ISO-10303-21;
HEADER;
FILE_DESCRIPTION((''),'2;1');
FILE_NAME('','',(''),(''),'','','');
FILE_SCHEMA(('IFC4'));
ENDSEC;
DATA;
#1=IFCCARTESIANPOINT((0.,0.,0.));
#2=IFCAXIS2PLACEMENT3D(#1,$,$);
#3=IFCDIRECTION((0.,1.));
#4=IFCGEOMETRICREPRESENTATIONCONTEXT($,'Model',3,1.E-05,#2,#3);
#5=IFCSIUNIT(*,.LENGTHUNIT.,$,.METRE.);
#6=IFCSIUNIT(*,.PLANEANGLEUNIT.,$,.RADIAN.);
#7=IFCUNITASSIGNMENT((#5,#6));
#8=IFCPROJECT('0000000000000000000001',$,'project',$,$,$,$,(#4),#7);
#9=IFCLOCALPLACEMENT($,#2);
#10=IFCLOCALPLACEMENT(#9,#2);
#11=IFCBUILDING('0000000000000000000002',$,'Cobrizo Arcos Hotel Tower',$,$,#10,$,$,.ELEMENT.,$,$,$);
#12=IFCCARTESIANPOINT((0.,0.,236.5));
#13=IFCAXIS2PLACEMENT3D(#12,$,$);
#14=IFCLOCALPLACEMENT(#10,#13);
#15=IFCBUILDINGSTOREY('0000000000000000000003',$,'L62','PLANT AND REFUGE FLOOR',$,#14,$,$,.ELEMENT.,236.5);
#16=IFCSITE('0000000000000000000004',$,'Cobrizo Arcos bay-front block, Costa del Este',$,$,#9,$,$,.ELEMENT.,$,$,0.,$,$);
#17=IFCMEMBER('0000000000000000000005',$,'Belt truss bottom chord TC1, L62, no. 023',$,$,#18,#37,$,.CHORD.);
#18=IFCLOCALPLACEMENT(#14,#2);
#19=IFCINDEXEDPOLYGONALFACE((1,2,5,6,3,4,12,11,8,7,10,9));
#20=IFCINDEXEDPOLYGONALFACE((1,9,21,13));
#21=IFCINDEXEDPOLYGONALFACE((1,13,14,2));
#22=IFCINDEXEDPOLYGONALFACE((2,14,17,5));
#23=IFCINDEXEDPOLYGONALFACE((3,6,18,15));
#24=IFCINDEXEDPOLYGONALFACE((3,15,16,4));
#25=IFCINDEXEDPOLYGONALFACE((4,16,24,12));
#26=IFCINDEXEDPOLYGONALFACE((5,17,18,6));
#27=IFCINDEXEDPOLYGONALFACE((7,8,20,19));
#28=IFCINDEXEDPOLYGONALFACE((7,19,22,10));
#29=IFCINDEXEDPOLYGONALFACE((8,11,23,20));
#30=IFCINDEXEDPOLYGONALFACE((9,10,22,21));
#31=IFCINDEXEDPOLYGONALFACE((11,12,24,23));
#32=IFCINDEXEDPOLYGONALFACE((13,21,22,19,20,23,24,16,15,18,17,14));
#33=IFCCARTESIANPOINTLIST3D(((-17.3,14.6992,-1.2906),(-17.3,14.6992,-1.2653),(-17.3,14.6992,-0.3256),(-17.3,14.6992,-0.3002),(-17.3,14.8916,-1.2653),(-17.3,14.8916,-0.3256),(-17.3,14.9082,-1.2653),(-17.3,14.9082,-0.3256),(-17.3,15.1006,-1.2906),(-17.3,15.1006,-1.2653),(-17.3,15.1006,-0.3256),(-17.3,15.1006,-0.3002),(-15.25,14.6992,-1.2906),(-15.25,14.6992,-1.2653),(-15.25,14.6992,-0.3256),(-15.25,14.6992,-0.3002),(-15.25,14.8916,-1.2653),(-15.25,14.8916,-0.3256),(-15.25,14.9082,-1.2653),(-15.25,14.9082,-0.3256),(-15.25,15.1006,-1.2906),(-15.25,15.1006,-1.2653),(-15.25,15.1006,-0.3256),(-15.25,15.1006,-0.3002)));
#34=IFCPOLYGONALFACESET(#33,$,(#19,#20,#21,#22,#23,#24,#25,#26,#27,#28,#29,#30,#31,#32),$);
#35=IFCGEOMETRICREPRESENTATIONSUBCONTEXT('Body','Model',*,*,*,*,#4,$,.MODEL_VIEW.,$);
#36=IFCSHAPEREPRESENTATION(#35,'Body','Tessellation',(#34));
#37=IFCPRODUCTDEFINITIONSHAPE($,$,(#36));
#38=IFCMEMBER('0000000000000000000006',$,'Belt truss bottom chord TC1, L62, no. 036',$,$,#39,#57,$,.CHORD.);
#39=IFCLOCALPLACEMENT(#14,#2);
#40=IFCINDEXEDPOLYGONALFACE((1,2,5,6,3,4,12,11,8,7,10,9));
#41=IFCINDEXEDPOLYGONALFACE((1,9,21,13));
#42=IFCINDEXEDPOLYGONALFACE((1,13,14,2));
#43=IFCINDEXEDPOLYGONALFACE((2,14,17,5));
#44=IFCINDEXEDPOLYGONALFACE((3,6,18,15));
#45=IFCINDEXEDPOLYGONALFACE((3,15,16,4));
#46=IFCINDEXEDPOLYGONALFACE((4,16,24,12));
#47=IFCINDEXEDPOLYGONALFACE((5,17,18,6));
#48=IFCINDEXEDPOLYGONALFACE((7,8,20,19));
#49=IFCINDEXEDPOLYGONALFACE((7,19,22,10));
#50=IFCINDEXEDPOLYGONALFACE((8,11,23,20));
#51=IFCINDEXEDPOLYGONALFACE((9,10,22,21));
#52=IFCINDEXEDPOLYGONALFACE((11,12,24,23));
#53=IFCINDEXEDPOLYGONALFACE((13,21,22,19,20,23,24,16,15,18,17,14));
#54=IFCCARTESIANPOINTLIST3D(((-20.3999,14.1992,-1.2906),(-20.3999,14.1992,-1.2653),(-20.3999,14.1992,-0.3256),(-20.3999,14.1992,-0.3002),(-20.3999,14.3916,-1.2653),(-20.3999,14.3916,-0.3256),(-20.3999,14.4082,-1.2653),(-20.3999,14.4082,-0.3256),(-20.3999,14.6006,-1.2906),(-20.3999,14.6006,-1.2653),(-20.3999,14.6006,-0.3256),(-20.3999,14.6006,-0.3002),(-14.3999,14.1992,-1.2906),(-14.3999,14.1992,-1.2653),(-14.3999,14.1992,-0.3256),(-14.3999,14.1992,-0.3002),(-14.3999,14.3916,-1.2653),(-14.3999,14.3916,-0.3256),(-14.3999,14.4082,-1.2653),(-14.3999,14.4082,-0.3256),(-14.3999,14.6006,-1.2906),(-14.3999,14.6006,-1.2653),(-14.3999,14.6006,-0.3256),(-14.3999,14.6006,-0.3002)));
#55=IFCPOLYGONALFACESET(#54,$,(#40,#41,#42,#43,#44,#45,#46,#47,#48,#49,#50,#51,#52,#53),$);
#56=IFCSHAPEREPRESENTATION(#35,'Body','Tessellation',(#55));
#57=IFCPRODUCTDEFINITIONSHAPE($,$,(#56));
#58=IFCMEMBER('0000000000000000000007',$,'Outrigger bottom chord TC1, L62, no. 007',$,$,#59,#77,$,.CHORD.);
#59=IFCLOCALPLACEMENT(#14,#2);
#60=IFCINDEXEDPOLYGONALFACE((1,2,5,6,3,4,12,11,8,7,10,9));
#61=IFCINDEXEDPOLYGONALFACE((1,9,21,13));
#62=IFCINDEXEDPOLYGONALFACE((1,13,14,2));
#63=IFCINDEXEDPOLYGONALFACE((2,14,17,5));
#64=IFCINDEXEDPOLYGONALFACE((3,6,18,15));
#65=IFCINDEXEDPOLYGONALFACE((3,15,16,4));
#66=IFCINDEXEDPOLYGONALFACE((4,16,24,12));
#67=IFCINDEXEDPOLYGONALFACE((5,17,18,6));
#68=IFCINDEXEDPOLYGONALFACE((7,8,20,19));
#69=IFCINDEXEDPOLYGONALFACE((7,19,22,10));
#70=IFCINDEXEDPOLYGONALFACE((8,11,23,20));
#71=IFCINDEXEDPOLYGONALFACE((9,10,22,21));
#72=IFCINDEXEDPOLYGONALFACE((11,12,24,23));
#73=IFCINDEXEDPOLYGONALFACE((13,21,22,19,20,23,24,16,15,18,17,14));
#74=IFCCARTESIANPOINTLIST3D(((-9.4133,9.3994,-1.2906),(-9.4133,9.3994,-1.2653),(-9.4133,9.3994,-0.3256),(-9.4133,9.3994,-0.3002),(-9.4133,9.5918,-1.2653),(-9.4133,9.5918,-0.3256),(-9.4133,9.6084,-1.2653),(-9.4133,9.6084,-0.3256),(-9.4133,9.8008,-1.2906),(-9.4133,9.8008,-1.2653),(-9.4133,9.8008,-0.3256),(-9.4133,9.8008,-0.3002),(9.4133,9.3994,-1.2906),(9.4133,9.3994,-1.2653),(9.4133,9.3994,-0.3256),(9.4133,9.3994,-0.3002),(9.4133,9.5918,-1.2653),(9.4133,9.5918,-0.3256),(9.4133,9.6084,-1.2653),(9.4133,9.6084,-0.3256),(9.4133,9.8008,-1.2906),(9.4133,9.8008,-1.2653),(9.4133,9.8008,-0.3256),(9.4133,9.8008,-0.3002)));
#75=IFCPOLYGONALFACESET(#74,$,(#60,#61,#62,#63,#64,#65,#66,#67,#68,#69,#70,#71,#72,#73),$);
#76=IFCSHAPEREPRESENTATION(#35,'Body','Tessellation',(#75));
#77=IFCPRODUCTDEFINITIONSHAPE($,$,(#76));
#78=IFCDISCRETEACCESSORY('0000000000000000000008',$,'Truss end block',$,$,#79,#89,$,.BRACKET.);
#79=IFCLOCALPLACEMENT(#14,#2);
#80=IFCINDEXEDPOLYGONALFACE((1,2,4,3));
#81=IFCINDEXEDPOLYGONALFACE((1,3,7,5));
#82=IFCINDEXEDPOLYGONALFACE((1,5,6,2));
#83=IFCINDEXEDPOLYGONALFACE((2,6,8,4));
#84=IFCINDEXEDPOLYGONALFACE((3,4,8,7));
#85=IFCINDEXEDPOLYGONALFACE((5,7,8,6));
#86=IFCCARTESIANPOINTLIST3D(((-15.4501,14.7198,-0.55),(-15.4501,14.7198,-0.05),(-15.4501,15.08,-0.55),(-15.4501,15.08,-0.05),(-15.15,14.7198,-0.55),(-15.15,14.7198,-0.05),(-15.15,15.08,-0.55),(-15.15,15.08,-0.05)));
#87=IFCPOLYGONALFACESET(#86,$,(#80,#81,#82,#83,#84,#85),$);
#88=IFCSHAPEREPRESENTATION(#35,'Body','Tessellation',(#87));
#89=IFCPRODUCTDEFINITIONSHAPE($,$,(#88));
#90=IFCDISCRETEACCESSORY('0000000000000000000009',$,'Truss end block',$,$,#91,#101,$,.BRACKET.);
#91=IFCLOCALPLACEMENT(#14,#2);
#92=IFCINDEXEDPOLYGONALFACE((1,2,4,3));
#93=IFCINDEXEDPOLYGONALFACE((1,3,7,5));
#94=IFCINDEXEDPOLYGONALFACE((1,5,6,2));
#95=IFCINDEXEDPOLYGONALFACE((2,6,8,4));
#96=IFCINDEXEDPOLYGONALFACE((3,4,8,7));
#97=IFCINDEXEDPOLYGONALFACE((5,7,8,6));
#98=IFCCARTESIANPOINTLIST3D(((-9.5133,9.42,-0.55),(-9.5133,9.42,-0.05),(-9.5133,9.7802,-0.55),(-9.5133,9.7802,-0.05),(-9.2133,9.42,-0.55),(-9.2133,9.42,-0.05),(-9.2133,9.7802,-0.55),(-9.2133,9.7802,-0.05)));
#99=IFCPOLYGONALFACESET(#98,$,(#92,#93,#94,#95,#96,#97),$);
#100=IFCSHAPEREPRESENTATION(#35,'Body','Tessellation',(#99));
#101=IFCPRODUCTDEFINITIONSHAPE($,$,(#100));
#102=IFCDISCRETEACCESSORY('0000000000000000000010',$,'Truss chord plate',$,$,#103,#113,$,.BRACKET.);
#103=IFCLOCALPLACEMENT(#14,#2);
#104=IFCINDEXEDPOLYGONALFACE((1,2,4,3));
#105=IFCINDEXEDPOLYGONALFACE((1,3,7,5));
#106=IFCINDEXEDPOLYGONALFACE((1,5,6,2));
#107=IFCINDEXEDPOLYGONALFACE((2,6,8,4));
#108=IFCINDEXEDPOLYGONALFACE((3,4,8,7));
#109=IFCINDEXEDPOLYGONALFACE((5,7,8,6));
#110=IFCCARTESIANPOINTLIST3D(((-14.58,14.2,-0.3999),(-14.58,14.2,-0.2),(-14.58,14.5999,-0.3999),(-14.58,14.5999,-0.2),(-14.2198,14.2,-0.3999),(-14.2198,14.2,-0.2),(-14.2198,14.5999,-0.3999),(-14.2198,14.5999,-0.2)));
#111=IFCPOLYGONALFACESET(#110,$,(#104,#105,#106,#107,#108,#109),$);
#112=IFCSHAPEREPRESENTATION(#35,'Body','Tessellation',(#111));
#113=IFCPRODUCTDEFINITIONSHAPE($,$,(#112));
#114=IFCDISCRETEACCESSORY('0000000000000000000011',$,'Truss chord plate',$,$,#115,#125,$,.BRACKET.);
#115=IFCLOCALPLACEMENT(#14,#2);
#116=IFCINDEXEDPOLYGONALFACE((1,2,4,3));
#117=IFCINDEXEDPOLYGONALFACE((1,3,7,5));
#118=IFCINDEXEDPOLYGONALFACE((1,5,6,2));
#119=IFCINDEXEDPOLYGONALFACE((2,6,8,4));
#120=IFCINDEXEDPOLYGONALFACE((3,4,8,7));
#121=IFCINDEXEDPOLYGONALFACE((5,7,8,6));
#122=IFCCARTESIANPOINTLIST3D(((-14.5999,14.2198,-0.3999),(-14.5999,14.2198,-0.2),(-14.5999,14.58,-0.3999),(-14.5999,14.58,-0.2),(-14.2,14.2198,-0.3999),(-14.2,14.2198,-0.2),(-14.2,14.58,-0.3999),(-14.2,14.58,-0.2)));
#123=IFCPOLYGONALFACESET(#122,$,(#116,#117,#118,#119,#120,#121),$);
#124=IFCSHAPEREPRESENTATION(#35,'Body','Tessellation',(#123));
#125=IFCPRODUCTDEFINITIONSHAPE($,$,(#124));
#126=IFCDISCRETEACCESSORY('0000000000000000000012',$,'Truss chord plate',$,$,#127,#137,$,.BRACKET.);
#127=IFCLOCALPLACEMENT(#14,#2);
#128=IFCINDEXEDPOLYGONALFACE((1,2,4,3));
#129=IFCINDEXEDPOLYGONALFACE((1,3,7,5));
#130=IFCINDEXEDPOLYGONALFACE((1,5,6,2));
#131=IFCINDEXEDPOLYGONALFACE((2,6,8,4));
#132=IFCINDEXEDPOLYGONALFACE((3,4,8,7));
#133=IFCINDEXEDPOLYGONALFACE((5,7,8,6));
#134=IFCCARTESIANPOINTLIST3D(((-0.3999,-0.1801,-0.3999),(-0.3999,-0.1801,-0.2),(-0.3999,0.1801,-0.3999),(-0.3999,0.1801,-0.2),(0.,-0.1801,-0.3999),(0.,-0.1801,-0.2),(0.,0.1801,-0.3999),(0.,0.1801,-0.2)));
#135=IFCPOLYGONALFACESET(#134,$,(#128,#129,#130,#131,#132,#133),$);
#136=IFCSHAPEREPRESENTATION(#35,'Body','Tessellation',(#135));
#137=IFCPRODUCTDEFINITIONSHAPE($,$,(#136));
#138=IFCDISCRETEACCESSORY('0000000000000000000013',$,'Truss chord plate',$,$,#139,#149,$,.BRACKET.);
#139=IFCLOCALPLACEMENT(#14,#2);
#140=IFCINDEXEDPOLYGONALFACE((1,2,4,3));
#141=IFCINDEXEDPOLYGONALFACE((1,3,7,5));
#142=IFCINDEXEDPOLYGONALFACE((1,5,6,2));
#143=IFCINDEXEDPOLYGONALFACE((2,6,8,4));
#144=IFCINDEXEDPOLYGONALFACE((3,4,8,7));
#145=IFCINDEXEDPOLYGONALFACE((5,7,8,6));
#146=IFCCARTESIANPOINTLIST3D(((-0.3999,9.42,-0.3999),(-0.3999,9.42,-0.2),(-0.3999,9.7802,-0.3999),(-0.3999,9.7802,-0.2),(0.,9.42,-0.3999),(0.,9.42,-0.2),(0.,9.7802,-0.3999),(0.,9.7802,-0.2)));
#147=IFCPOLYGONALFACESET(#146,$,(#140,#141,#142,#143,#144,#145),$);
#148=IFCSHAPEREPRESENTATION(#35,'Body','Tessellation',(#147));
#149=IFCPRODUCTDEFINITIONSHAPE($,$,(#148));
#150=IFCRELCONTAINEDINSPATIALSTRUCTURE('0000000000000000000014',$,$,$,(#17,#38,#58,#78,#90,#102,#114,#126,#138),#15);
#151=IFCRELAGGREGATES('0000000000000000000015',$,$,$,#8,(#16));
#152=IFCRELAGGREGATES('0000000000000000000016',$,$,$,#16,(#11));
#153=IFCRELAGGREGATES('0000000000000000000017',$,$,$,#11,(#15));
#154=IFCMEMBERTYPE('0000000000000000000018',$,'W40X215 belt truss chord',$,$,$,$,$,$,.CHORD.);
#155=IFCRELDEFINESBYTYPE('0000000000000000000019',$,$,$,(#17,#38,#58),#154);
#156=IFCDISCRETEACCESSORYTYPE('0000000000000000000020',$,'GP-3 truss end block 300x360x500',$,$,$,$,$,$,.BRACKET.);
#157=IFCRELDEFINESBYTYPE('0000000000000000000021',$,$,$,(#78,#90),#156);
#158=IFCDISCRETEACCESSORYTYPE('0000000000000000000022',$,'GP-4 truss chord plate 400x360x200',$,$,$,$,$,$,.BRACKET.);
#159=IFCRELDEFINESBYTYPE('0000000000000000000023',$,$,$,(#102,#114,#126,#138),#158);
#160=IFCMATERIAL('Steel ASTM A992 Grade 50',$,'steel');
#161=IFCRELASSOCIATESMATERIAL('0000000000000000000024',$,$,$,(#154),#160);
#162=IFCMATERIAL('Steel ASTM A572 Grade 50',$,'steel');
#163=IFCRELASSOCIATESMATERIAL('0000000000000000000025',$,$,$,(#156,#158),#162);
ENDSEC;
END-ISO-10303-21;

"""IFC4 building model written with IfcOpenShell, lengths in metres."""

from ifc_helpers import new_model, si_unit, direction, frame, origin, origin_2d, place, context, subcontext, project, spatial, rectangle, i_section, extrude, material, material_profile, profile_set, type_object, element, save


model = new_model("IFC4")

# Units and contexts
model_context = context("Model", 3, precision=1e-05, world=origin(), true_north=direction((0.0, 1.0)))
body_context = subcontext(model_context, "Body", "Model", "MODEL_VIEW")
ifc_project = project(units=[si_unit("LENGTHUNIT", "METRE"), si_unit("PLANEANGLEUNIT", "RADIAN")], contexts=[model_context])

# Site, building, storey
site_placement = place(None, origin())
site = spatial("IfcSite", under=ifc_project, at=site_placement, Name="Cobrizo Arcos bay-front block, Costa del Este", CompositionType="ELEMENT", RefElevation=0.0)
building_placement = place(site_placement, origin())
building = spatial("IfcBuilding", under=site, at=building_placement, Name="Cobrizo Arcos Hotel Tower", CompositionType="ELEMENT")
storey_placement = place(building_placement, frame((0.0, 0.0, 236.5)))
storey = spatial("IfcBuildingStorey", under=building, at=storey_placement, Name="L62", Description="PLANT AND REFUGE FLOOR", CompositionType="ELEMENT", Elevation=236.5)

# Shared definitions
ifc_material_1 = material(Name="Steel ASTM A572 Grade 50", Category="steel")
ifc_material_2 = material(Name="Steel ASTM A992 Grade 50", Category="steel")

# Members
ifc_material_profile_1 = material_profile(ifc_material_2, i_section(OverallWidth=0.4014, OverallDepth=0.9905, WebThickness=0.0166, FlangeThickness=0.0254, at=origin_2d()), Name="W40X215")
ifc_profile_set_1 = profile_set([ifc_material_profile_1], Name="Steel ASTM A992 Grade 50")
member_type_1 = type_object("IfcMemberType", Name="W40X215 belt truss chord", PredefinedType="CHORD", material=ifc_profile_set_1)
member_1_placement = place(storey_placement, frame((-15.25, 14.8999, -0.7954), z_axis=(-1.0, 0.0, 0.0), x_axis=(0.0, -1.0, 0.0)))
element("IfcMember", 1, at=member_1_placement, inside=storey, type_object=member_type_1, Name="Belt truss bottom chord TC1, L62, no. 023", PredefinedType="CHORD", context=body_context, shape_type="SweptSolid", body=[
    extrude(i_section(OverallWidth=0.4014, OverallDepth=0.9905, WebThickness=0.0166, FlangeThickness=0.0254, at=origin_2d()), origin(), (0.0, 0.0, 1.0), 2.05),
])
member_2_placement = place(storey_placement, frame((-14.3999, 14.3999, -0.7954), z_axis=(-1.0, 0.0, 0.0), x_axis=(0.0, -1.0, 0.0)))
element("IfcMember", 2, at=member_2_placement, inside=storey, type_object=member_type_1, Name="Belt truss bottom chord TC1, L62, no. 036", PredefinedType="CHORD", context=body_context, shape_type="SweptSolid", body=[
    extrude(i_section(OverallWidth=0.4014, OverallDepth=0.9905, WebThickness=0.0166, FlangeThickness=0.0254, at=origin_2d()), origin(), (0.0, 0.0, 1.0), 6.0),
])
member_3_placement = place(storey_placement, frame((-9.4133, 9.6001, -0.7954), z_axis=(1.0, 0.0, 0.0), x_axis=(0.0, 1.0, 0.0)))
element("IfcMember", 3, at=member_3_placement, inside=storey, type_object=member_type_1, Name="Outrigger bottom chord TC1, L62, no. 007", PredefinedType="CHORD", context=body_context, shape_type="SweptSolid", body=[
    extrude(i_section(OverallWidth=0.4014, OverallDepth=0.9905, WebThickness=0.0166, FlangeThickness=0.0254, at=origin_2d()), origin(), (0.0, 0.0, 1.0), 18.8267),
])

# Discrete accessories
discrete_accessory_type_1 = type_object("IfcDiscreteAccessoryType", Name="GP-3 truss end block 300x360x500", PredefinedType="BRACKET", material=ifc_material_1)
for number, where, z_axis, x_axis, name in (
    (4, (-15.3, 14.8999, -0.55), (0.0, 0.0, 1.0), (-1.0, 0.0, 0.0), "Truss end block"),
    (5, (-9.3633, 9.6001, -0.55), (0.0, 0.0, 1.0), (1.0, 0.0, 0.0), "Truss end block"),
):
    element("IfcDiscreteAccessory", number, at=place(storey_placement, frame(where, z_axis=z_axis, x_axis=x_axis)), inside=storey, type_object=discrete_accessory_type_1, Name=name, PredefinedType="BRACKET", context=body_context, shape_type="SweptSolid", body=[
        extrude(rectangle(XDim=0.3, YDim=0.3601, at=origin_2d()), origin(), (0.0, 0.0, 1.0), 0.5),
    ])
discrete_accessory_type_2 = type_object("IfcDiscreteAccessoryType", Name="GP-4 truss chord plate 400x360x200", PredefinedType="BRACKET", material=ifc_material_1)
for number, where, z_axis, x_axis, name in (
    (6, (-14.3999, 14.3999, -0.3999), (0.0, 0.0, 1.0), (0.0, -1.0, 0.0), "Truss chord plate"),
    (7, (-14.3999, 14.3999, -0.3999), (0.0, 0.0, 1.0), (-1.0, 0.0, 0.0), "Truss chord plate"),
    (8, (-0.2, 0.0, -0.3999), (0.0, 0.0, 1.0), (1.0, 0.0, 0.0), "Truss chord plate"),
    (9, (-0.2, 9.6001, -0.3999), (0.0, 0.0, 1.0), (1.0, 0.0, 0.0), "Truss chord plate"),
):
    element("IfcDiscreteAccessory", number, at=place(storey_placement, frame(where, z_axis=z_axis, x_axis=x_axis)), inside=storey, type_object=discrete_accessory_type_2, Name=name, PredefinedType="BRACKET", context=body_context, shape_type="SweptSolid", body=[
        extrude(rectangle(XDim=0.3999, YDim=0.3601, at=origin_2d()), origin(), (0.0, 0.0, 1.0), 0.2),
    ])

save(model, "model.ifc")
